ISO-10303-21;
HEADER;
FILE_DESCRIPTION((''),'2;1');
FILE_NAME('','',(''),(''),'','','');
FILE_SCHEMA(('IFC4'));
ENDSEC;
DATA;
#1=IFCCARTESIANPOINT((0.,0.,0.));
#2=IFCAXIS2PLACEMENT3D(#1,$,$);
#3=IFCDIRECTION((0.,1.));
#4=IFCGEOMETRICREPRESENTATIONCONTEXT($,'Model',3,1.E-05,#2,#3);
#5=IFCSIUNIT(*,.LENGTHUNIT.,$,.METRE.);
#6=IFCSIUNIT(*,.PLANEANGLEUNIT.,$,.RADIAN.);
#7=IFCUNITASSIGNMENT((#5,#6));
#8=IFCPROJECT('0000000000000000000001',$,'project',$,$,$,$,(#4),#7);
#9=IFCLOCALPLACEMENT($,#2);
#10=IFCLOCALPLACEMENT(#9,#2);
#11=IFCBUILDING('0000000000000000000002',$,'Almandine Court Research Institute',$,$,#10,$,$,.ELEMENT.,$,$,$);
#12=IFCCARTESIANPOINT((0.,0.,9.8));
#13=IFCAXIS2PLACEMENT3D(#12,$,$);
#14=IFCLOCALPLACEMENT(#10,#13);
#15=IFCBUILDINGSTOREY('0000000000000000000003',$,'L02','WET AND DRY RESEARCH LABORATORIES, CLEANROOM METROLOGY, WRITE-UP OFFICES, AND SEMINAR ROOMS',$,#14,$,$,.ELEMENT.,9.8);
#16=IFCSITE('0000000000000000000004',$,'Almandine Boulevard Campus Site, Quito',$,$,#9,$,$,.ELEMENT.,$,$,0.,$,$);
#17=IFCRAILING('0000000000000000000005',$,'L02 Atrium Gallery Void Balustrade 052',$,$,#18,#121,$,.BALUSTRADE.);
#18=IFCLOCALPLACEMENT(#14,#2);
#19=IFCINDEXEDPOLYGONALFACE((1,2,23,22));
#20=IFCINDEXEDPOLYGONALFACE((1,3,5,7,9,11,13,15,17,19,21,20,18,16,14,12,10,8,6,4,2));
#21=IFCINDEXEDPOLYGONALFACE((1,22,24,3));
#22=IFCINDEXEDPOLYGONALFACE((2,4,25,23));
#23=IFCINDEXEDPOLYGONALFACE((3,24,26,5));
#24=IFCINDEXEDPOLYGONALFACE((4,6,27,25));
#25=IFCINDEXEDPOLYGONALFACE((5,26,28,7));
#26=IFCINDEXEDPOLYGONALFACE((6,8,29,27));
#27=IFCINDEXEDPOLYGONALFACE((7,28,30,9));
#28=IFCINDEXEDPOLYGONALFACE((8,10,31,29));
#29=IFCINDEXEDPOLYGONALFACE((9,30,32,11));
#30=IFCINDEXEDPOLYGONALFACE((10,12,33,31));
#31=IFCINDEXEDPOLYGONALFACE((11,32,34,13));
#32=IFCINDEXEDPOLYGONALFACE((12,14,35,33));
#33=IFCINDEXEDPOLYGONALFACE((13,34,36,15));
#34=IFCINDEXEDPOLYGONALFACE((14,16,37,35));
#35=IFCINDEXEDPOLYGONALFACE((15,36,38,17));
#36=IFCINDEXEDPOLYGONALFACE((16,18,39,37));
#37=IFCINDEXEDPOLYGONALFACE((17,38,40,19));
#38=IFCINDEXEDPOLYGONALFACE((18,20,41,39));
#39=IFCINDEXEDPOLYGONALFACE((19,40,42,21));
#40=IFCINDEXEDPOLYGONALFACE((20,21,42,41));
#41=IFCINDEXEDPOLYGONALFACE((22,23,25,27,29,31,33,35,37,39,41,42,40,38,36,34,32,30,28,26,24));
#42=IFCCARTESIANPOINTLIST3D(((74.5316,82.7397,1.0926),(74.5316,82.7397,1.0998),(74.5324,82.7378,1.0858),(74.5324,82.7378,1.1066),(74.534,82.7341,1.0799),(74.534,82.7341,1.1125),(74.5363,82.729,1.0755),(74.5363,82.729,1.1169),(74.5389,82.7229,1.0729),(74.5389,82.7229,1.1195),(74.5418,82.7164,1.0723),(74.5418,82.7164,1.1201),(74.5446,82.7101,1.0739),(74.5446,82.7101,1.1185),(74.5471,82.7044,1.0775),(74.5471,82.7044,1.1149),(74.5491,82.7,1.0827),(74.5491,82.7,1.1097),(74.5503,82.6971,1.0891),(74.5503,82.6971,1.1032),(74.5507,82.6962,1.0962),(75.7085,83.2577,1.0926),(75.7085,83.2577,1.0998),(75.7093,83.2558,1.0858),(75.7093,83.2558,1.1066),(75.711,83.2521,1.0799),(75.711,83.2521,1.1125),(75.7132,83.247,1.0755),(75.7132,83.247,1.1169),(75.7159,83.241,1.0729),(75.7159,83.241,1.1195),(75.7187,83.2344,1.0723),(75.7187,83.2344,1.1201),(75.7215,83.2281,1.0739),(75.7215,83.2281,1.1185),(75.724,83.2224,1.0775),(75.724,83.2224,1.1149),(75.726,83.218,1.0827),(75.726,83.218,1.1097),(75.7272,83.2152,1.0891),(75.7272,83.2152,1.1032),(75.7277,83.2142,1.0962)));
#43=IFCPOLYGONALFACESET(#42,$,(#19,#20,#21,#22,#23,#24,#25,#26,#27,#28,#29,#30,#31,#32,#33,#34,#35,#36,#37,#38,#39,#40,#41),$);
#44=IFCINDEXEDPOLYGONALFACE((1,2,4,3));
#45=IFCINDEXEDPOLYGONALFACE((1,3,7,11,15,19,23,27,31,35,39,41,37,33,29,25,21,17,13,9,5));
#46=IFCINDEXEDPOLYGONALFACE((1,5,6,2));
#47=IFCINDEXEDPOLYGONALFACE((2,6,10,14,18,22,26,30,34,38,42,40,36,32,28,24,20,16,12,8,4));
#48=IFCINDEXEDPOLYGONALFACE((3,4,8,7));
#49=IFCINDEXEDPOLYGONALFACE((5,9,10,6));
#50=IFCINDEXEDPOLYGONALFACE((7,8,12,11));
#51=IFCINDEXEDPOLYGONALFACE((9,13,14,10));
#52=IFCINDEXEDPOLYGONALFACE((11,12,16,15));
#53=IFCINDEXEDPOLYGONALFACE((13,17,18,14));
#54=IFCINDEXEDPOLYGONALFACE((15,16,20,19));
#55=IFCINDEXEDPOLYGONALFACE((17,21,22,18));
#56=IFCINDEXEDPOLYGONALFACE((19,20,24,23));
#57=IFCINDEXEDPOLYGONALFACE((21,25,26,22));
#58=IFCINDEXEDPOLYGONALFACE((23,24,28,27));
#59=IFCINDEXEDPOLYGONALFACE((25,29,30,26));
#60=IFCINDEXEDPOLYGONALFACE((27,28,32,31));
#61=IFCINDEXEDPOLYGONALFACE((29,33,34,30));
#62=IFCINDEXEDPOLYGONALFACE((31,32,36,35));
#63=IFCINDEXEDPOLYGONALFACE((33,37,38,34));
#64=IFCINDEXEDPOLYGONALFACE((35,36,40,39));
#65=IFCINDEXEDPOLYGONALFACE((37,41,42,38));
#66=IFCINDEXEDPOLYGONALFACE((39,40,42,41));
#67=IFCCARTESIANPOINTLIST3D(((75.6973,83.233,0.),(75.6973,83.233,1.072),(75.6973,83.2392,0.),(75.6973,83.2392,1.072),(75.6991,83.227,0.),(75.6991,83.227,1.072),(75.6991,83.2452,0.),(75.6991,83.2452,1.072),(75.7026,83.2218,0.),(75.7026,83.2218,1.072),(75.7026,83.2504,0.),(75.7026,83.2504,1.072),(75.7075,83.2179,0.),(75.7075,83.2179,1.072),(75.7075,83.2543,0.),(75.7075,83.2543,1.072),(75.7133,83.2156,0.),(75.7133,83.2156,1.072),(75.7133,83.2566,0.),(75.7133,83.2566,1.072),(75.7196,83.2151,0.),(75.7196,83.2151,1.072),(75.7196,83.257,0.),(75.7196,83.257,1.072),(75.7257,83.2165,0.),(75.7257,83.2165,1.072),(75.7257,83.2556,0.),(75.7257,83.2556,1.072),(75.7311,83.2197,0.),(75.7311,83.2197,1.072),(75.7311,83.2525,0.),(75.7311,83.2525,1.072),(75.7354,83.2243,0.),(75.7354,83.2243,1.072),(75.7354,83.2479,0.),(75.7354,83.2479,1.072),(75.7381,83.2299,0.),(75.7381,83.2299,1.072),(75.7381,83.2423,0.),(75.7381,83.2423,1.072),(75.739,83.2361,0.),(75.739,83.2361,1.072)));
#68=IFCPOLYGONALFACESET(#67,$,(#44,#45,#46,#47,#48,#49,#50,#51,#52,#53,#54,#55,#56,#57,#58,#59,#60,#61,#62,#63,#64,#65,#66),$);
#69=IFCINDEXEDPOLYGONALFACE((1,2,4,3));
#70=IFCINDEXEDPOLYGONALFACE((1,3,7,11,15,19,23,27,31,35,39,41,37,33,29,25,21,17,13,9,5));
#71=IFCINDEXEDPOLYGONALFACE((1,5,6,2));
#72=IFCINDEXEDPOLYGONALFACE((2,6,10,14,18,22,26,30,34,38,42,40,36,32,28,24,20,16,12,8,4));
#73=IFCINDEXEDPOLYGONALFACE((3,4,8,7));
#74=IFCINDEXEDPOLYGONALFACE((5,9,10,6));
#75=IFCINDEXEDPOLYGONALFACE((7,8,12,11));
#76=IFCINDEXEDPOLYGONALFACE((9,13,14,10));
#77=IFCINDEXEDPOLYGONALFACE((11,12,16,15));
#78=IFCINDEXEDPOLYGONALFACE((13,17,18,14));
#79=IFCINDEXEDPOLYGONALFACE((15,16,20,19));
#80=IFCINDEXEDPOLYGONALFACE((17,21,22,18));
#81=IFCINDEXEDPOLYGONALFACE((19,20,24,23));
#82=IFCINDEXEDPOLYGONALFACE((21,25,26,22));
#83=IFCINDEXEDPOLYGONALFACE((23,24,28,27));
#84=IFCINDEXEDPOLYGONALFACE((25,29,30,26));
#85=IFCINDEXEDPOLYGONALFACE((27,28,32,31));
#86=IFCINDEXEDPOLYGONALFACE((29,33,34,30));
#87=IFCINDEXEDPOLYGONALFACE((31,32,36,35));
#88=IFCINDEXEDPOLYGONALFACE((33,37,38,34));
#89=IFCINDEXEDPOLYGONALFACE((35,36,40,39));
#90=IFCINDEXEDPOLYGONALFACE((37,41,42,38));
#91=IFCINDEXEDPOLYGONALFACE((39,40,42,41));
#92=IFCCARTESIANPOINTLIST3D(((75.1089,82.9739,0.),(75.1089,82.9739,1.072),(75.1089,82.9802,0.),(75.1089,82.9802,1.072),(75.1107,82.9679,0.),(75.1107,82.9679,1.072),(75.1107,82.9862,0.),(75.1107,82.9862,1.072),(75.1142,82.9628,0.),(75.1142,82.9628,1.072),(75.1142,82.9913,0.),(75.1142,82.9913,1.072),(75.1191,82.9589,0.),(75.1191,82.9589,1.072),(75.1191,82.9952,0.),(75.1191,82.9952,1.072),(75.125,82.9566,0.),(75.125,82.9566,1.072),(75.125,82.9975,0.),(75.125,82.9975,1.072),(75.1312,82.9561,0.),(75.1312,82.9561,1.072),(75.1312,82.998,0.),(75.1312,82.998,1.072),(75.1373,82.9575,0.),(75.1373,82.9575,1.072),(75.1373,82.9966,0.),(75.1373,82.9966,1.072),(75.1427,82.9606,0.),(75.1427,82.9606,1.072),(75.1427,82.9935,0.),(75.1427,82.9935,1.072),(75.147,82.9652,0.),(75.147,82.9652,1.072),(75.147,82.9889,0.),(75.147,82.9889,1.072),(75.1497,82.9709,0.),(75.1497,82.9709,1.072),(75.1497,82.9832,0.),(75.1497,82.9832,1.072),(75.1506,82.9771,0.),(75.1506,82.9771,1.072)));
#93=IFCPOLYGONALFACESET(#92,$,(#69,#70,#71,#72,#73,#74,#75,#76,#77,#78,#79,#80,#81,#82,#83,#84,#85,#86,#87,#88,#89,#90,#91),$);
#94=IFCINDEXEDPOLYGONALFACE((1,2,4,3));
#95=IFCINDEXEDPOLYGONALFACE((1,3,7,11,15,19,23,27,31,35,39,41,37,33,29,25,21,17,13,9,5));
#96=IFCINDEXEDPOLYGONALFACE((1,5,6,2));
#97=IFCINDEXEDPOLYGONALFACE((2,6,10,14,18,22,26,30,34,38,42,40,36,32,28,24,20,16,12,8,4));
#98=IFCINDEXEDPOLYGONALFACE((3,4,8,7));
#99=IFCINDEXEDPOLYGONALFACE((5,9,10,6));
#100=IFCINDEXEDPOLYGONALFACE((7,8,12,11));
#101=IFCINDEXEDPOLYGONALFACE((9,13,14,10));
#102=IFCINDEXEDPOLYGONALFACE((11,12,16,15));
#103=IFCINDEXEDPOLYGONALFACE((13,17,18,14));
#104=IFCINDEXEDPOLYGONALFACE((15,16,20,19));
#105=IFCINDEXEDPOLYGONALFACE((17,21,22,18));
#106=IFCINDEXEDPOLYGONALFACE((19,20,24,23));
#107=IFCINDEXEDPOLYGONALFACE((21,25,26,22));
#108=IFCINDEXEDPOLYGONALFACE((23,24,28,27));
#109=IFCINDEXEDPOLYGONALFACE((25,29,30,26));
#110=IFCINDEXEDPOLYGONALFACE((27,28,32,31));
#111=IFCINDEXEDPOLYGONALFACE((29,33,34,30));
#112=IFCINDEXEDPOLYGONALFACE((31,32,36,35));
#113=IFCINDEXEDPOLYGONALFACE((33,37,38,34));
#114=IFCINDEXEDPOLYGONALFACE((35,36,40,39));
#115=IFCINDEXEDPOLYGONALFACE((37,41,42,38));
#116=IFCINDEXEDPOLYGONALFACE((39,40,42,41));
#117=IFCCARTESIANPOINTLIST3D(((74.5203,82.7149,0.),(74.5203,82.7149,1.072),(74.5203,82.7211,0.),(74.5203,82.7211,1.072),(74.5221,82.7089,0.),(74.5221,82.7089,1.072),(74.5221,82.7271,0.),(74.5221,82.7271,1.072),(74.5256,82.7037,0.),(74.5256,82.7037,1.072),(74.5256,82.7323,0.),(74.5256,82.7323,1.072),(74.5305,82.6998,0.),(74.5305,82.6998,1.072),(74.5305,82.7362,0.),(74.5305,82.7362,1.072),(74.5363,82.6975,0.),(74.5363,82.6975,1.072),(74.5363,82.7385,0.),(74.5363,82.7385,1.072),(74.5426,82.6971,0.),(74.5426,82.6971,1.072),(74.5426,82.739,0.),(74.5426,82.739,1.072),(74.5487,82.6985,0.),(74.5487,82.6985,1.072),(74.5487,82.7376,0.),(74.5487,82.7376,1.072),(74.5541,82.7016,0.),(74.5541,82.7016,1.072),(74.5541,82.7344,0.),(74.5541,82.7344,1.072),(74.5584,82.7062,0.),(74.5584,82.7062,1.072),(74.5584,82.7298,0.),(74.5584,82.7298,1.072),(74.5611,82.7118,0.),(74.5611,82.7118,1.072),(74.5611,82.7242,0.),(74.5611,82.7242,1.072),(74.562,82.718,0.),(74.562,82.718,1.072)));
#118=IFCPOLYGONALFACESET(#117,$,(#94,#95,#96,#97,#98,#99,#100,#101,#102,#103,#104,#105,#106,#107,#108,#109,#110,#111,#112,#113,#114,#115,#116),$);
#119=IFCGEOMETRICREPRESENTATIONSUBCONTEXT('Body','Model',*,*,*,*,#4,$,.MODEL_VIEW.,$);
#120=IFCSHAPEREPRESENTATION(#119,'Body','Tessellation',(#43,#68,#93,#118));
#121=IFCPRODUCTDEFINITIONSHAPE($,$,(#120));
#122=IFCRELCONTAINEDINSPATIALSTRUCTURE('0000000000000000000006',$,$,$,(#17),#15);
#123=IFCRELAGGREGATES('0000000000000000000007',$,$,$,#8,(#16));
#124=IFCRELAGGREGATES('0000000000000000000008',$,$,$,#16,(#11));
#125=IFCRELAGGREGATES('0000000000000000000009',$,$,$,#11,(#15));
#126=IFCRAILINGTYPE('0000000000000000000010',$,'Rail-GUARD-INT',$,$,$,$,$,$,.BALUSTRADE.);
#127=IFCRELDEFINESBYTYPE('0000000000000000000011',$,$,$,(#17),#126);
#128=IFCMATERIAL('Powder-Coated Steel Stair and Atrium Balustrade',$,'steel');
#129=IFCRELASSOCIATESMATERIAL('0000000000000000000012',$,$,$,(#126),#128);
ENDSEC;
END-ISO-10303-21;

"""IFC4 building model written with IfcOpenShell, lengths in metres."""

from ifc_helpers import new_model, si_unit, direction, frame, origin, origin_2d, place, context, subcontext, project, spatial, circle, extrude, material, type_object, element, save


model = new_model("IFC4")

# Units and contexts
model_context = context("Model", 3, precision=1e-05, world=origin(), true_north=direction((0.0, 1.0)))
body_context = subcontext(model_context, "Body", "Model", "MODEL_VIEW")
ifc_project = project(units=[si_unit("LENGTHUNIT", "METRE"), si_unit("PLANEANGLEUNIT", "RADIAN")], contexts=[model_context])

# Site, building, storey
site_placement = place(None, origin())
site = spatial("IfcSite", under=ifc_project, at=site_placement, Name="Almandine Boulevard Campus Site, Quito", CompositionType="ELEMENT", RefElevation=0.0)
building_placement = place(site_placement, origin())
building = spatial("IfcBuilding", under=site, at=building_placement, Name="Almandine Court Research Institute", CompositionType="ELEMENT")
storey_placement = place(building_placement, frame((0.0, 0.0, 9.8)))
storey = spatial("IfcBuildingStorey", under=building, at=storey_placement, Name="L02", Description="WET AND DRY RESEARCH LABORATORIES, CLEANROOM METROLOGY, WRITE-UP OFFICES, AND SEMINAR ROOMS", CompositionType="ELEMENT", Elevation=9.8)

# Railing
ifc_material_1 = material(Name="Powder-Coated Steel Stair and Atrium Balustrade", Category="steel")
railing_type_1 = type_object("IfcRailingType", Name="Rail-GUARD-INT", PredefinedType="BALUSTRADE", material=ifc_material_1)
railing_1_placement = place(storey_placement, frame((75.718, 83.2361, 0.0)))
element("IfcRailing", 1, at=railing_1_placement, inside=storey, type_object=railing_type_1, Name="L02 Atrium Gallery Void Balustrade 052", PredefinedType="BALUSTRADE", context=body_context, shape_type="SweptSolid", body=[
    extrude(circle(Radius=0.0239, at=origin_2d()), frame((0.0, 0.0, 1.0962), z_axis=(-0.915262, -0.402859, 0.0), x_axis=(0.402859, -0.915262, 0.0)), (0.0, 0.0, 1.0), 1.2859),
    extrude(circle(Radius=0.021, at=origin_2d()), origin(), (0.0, 0.0, 1.0), 1.072),
    extrude(circle(Radius=0.021, at=origin_2d()), frame((-0.5884, -0.259, 0.0)), (0.0, 0.0, 1.0), 1.072),
    extrude(circle(Radius=0.021, at=origin_2d()), frame((-1.177, -0.5181, 0.0)), (0.0, 0.0, 1.0), 1.072),
])

save(model, "model.ifc")
